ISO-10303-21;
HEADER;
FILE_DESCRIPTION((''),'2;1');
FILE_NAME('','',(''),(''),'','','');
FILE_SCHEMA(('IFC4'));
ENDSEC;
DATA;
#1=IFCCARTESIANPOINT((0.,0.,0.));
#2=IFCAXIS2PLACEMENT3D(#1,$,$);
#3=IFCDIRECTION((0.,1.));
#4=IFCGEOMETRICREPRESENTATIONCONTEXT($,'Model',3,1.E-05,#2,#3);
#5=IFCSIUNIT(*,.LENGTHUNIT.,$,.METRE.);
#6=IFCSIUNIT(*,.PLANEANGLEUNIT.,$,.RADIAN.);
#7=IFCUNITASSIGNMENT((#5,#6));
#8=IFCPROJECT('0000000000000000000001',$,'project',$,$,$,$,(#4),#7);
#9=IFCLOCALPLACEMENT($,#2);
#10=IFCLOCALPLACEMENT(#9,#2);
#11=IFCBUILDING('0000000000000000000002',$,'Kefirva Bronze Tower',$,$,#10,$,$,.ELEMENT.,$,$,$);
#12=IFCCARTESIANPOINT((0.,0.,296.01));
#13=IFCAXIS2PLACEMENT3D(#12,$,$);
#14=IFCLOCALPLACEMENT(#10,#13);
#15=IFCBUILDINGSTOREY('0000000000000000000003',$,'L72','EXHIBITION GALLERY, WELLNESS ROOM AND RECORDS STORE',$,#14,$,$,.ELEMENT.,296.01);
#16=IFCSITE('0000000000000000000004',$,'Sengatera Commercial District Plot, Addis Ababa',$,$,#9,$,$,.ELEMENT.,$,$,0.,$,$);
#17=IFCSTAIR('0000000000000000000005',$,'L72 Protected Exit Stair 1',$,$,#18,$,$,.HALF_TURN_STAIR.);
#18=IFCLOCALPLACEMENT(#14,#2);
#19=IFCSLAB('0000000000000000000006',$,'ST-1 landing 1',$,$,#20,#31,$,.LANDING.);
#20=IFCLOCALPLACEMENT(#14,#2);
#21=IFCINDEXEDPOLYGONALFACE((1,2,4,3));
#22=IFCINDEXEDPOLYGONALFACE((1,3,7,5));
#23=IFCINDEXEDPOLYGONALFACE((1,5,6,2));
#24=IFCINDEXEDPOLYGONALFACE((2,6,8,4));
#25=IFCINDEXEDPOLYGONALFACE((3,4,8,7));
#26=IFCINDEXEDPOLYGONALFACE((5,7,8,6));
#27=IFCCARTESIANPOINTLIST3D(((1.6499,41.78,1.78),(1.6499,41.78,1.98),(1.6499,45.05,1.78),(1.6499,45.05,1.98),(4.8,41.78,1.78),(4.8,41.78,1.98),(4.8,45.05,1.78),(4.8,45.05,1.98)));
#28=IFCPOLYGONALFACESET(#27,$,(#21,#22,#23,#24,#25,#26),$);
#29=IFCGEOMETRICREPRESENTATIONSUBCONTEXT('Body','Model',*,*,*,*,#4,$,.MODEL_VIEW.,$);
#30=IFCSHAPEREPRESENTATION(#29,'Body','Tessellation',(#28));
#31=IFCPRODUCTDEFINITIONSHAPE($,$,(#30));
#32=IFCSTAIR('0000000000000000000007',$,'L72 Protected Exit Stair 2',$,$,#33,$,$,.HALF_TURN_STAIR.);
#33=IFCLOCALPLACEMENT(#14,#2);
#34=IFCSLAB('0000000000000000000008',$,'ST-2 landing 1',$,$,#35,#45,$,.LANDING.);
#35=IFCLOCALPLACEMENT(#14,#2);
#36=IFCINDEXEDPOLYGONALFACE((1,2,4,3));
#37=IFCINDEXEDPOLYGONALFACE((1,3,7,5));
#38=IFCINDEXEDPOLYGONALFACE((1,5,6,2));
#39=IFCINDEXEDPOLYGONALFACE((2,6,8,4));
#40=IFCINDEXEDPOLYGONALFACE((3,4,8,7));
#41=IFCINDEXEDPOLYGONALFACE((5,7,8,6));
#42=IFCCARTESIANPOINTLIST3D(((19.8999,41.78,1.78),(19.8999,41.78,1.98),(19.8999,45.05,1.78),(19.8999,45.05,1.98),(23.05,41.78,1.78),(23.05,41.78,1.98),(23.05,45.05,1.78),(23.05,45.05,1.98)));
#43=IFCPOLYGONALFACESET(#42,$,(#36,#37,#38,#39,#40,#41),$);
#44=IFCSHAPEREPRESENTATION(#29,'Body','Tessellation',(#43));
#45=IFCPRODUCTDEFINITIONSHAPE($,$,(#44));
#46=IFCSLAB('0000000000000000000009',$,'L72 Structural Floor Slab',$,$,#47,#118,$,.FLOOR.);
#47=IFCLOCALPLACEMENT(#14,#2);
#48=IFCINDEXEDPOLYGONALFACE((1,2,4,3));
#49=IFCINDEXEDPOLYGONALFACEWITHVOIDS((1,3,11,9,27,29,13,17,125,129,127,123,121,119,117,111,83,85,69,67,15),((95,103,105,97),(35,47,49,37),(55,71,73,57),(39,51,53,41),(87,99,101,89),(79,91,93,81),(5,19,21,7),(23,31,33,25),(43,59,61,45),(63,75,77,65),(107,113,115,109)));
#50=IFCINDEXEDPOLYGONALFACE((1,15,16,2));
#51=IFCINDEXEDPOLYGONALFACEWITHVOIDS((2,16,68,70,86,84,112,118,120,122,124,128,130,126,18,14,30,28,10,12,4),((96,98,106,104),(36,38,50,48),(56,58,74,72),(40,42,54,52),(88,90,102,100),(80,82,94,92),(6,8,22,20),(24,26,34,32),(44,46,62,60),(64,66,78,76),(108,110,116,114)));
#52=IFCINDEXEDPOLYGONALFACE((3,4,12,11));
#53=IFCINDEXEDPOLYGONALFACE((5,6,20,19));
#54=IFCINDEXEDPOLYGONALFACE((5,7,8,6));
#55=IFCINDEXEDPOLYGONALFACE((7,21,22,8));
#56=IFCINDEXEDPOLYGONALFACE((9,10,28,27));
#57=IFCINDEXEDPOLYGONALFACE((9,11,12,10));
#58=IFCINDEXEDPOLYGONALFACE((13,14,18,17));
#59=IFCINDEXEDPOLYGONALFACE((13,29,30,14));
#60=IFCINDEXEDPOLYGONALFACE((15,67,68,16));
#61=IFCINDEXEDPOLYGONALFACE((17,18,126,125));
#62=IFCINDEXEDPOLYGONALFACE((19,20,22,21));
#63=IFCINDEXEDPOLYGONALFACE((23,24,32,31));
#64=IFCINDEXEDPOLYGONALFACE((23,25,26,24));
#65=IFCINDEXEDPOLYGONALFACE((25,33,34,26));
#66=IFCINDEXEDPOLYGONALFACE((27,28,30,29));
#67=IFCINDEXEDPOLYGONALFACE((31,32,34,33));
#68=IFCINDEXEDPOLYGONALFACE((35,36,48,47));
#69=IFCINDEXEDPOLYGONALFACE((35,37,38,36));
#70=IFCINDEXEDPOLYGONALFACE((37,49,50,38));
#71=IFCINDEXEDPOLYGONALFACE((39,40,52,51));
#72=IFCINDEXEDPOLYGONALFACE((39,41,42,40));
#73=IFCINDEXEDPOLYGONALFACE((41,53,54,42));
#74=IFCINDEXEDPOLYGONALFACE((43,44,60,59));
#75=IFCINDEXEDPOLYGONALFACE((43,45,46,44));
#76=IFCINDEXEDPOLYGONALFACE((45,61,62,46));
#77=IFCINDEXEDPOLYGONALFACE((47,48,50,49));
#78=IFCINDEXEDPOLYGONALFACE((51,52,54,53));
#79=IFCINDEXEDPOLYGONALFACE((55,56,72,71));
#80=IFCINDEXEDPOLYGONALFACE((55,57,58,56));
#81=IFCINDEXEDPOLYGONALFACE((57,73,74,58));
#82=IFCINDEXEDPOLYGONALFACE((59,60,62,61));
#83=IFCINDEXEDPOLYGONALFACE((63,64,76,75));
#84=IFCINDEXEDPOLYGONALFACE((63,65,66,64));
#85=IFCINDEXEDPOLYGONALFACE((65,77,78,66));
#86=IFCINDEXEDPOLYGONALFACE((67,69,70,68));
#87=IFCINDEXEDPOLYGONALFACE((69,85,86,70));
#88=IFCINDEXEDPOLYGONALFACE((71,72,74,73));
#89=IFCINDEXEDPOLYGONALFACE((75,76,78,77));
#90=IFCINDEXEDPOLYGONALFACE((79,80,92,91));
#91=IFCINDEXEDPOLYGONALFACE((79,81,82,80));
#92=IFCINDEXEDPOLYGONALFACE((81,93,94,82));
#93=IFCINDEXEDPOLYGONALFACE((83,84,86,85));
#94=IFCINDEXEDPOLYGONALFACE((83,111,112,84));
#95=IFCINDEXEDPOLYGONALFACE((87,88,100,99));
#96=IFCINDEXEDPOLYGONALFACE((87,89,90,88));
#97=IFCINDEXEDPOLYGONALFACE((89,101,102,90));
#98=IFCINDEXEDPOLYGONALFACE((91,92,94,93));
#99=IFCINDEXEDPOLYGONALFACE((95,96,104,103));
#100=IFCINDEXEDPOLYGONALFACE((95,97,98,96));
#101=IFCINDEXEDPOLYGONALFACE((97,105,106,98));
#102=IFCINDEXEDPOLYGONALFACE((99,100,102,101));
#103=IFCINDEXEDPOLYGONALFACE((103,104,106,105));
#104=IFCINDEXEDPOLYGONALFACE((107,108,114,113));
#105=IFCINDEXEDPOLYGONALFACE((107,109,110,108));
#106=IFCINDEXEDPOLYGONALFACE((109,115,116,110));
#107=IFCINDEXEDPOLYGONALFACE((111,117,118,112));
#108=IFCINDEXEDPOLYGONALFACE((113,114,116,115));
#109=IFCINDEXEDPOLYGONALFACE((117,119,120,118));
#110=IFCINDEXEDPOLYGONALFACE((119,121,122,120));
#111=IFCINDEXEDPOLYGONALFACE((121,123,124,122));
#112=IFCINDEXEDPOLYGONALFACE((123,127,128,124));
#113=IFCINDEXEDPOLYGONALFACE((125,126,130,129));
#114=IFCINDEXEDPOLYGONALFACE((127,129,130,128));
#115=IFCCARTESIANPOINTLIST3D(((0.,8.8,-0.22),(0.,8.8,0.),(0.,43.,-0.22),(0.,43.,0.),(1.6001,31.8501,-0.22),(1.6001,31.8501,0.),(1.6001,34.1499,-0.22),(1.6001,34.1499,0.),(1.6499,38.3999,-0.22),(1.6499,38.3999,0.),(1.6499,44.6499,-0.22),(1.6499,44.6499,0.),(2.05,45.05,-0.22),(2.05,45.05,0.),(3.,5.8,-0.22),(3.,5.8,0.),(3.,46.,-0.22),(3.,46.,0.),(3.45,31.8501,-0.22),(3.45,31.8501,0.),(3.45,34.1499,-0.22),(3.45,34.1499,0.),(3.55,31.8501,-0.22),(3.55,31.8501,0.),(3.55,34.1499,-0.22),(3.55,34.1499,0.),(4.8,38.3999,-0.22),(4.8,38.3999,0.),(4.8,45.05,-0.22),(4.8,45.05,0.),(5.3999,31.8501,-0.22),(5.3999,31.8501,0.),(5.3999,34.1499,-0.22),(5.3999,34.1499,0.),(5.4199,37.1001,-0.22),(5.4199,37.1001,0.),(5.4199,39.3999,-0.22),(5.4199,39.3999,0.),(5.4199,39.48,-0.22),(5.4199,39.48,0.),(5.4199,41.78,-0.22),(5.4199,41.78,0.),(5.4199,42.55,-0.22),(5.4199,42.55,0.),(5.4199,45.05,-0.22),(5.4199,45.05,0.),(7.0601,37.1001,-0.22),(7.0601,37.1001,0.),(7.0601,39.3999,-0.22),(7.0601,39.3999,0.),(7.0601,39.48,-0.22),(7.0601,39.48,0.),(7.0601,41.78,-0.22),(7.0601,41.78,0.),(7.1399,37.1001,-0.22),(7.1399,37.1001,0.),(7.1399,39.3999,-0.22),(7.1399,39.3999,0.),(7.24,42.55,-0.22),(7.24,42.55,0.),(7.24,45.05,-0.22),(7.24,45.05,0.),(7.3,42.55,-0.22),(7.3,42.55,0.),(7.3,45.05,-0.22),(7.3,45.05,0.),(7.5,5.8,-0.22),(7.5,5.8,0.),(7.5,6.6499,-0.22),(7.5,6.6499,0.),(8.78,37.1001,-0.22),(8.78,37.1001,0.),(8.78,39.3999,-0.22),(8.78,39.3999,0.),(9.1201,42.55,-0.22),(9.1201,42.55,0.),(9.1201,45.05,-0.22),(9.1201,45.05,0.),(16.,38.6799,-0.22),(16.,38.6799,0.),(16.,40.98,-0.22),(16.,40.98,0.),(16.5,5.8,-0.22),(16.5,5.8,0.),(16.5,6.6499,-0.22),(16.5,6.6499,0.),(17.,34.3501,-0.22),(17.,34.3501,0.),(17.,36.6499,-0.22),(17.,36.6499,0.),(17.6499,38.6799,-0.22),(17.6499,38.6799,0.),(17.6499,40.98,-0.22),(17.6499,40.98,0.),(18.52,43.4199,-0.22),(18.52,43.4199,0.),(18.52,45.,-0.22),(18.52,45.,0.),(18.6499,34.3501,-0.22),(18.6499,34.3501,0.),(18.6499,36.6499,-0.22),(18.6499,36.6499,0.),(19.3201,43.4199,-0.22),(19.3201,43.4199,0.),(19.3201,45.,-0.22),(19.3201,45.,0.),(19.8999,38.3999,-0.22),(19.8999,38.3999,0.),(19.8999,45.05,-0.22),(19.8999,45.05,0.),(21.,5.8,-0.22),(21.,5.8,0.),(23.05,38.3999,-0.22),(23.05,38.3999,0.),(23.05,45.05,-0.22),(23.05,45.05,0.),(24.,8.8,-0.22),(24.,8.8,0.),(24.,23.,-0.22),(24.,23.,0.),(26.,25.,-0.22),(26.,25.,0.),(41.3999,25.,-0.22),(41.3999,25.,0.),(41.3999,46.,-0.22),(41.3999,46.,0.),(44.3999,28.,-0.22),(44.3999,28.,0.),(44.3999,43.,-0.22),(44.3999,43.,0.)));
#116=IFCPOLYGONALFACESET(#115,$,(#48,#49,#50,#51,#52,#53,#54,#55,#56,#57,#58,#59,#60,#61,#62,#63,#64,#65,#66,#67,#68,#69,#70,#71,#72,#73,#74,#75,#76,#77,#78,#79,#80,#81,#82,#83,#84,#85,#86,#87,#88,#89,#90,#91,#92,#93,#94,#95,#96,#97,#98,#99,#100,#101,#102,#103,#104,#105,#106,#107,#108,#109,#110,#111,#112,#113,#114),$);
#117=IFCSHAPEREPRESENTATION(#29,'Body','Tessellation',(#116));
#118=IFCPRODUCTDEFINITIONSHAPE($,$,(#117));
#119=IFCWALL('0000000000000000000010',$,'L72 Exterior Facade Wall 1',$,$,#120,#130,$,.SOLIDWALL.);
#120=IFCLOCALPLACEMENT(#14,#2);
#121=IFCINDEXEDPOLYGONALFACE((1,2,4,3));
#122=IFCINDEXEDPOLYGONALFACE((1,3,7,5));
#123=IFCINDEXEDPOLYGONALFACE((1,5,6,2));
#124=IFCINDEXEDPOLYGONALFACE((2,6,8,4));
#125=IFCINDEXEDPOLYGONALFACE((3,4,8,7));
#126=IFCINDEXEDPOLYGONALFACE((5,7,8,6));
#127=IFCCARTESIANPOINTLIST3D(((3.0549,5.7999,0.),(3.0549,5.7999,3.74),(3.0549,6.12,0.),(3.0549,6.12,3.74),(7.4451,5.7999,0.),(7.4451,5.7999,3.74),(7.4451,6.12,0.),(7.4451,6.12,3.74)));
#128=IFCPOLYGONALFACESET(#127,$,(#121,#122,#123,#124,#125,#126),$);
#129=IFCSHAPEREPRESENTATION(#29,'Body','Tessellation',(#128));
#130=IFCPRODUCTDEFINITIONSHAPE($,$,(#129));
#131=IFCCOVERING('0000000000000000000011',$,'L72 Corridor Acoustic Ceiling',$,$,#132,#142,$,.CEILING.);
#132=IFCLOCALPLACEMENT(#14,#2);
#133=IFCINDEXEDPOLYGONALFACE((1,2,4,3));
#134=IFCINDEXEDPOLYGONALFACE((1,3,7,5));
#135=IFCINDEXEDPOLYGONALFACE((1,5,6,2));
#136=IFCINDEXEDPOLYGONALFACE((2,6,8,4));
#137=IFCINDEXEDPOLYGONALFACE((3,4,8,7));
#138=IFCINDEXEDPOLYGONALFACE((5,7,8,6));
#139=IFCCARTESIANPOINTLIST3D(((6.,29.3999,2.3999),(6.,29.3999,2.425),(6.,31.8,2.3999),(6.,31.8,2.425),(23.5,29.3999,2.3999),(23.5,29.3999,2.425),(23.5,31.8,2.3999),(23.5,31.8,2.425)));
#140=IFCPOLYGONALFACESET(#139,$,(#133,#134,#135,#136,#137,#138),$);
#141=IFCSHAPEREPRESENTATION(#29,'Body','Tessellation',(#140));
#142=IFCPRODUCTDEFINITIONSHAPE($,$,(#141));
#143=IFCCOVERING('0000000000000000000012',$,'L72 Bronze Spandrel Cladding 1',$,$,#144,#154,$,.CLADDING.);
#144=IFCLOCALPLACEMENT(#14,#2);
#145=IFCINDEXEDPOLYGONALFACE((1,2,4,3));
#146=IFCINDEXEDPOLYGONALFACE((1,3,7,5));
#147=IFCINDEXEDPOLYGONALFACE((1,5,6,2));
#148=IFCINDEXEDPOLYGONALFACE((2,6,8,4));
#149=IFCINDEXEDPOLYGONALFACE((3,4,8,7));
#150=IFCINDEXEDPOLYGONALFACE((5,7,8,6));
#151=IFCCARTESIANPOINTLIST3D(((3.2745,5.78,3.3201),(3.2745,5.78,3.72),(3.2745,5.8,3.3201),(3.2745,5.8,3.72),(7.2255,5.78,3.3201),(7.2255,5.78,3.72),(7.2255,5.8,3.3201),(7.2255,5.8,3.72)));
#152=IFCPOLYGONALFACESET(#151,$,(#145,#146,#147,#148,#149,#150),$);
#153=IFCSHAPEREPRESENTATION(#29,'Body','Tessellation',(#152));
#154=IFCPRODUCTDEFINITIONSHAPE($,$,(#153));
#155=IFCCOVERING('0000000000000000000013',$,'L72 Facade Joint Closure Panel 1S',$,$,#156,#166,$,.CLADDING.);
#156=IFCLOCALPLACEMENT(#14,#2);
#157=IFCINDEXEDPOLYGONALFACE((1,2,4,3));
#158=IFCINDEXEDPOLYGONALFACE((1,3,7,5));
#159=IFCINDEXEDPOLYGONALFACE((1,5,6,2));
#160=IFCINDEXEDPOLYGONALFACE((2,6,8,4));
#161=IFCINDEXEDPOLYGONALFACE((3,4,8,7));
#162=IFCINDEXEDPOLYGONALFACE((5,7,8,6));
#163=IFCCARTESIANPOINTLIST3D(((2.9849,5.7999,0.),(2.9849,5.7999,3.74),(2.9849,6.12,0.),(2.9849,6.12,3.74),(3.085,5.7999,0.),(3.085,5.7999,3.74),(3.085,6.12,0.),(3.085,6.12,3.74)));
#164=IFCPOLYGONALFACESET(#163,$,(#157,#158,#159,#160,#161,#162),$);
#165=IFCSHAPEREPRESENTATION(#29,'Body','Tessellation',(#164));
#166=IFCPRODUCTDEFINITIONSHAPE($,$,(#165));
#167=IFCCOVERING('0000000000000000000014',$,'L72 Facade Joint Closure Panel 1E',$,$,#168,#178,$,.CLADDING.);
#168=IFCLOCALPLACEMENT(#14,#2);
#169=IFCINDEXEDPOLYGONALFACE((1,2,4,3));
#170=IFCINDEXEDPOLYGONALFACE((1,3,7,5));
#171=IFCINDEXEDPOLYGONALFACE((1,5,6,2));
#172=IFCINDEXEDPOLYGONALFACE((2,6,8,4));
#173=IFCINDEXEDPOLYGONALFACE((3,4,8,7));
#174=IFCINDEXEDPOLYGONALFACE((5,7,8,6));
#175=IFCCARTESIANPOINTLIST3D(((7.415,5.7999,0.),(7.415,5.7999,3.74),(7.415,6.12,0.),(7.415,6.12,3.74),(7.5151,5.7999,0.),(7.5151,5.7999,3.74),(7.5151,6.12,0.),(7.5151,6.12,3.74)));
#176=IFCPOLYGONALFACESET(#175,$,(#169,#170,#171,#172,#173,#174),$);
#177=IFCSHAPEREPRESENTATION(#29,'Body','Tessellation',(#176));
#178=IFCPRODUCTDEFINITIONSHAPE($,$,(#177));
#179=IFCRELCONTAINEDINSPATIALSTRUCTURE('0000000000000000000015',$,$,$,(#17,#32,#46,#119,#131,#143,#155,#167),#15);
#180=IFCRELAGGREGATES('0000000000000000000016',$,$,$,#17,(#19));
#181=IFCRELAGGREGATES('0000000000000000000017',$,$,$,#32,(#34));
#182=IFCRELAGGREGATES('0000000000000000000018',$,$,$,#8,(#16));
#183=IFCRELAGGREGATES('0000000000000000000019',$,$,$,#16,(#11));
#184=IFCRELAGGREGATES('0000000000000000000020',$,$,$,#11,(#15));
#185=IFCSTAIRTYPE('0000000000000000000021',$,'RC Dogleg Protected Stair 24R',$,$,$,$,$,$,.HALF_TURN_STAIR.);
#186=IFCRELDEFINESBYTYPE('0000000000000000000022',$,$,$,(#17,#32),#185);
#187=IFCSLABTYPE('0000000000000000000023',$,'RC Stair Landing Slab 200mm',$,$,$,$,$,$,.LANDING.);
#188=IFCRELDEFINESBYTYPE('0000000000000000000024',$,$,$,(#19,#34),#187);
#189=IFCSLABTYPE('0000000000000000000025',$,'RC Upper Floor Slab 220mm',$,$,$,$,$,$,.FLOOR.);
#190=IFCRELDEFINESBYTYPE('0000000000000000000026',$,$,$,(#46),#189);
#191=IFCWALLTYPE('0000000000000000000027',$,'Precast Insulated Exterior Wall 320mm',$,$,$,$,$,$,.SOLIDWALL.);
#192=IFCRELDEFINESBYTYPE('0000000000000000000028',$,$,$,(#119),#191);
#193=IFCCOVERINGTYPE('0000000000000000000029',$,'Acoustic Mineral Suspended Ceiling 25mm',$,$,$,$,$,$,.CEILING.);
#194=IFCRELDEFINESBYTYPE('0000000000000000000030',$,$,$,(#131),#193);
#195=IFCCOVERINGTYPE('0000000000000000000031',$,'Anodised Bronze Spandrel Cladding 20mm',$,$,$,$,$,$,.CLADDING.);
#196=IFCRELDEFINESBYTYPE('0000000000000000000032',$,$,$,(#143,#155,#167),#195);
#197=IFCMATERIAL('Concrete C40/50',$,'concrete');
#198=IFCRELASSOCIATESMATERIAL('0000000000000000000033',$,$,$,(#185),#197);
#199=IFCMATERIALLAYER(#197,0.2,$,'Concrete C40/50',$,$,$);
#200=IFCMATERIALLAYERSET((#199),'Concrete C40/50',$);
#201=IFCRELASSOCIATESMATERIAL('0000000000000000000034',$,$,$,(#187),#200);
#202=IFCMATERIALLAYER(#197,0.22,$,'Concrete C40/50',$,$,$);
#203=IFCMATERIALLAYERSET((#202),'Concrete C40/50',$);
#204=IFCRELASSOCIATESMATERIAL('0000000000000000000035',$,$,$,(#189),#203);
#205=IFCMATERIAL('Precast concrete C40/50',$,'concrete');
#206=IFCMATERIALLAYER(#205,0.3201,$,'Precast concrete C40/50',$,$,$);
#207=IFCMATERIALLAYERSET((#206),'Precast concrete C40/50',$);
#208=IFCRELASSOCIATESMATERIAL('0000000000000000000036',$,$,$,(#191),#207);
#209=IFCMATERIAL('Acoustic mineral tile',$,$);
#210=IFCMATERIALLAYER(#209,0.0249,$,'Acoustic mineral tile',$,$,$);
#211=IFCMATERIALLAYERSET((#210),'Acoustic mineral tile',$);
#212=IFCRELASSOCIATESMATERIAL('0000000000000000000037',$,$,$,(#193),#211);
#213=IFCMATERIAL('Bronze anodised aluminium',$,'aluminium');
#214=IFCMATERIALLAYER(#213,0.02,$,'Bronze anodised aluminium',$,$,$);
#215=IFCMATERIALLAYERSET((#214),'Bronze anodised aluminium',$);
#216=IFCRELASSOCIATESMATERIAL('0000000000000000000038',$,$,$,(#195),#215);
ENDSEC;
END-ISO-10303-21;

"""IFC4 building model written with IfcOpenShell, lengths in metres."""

from ifc_helpers import new_model, si_unit, direction, frame, frame_2d, origin, origin_2d, place, context, subcontext, project, spatial, polyline, rectangle, outline, extrude, material, layer, layer_set, type_object, element, aggregate, save


model = new_model("IFC4")

# Units and contexts
model_context = context("Model", 3, precision=1e-05, world=origin(), true_north=direction((0.0, 1.0)))
body_context = subcontext(model_context, "Body", "Model", "MODEL_VIEW")
ifc_project = project(units=[si_unit("LENGTHUNIT", "METRE"), si_unit("PLANEANGLEUNIT", "RADIAN")], contexts=[model_context])

# Site, building, storey
site_placement = place(None, origin())
site = spatial("IfcSite", under=ifc_project, at=site_placement, Name="Sengatera Commercial District Plot, Addis Ababa", CompositionType="ELEMENT", RefElevation=0.0)
building_placement = place(site_placement, origin())
building = spatial("IfcBuilding", under=site, at=building_placement, Name="Kefirva Bronze Tower", CompositionType="ELEMENT")
storey_placement = place(building_placement, frame((0.0, 0.0, 296.01)))
storey = spatial("IfcBuildingStorey", under=building, at=storey_placement, Name="L72", Description="EXHIBITION GALLERY, WELLNESS ROOM AND RECORDS STORE", CompositionType="ELEMENT", Elevation=296.01)

# Stairs, slabs
ifc_material_1 = material(Name="Concrete C40/50", Category="concrete")
stair_type = type_object("IfcStairType", Name="RC Dogleg Protected Stair 24R", PredefinedType="HALF_TURN_STAIR", material=ifc_material_1)
stair_1_placement = place(storey_placement, origin())
stair_1 = element("IfcStair", 1, at=stair_1_placement, inside=storey, type_object=stair_type, Name="L72 Protected Exit Stair 1", PredefinedType="HALF_TURN_STAIR")
ifc_layer_1 = layer(ifc_material_1, 0.2, Name="Concrete C40/50")
ifc_layer_set_1 = layer_set([ifc_layer_1], Name="Concrete C40/50")
slab_type_1 = type_object("IfcSlabType", Name="RC Stair Landing Slab 200mm", PredefinedType="LANDING", material=ifc_layer_set_1)
slab_1_placement = place(storey_placement, frame((0.0, 0.0, 1.78)))
slab_1 = element("IfcSlab", 2, at=slab_1_placement, type_object=slab_type_1, Name="ST-1 landing 1", PredefinedType="LANDING", context=body_context, shape_type="SweptSolid", body=[
    extrude(outline(polyline([(4.8, 41.78), (4.8, 45.05), (1.6499, 45.05), (1.6499, 41.78), (4.8, 41.78)])), origin(), (0.0, 0.0, 1.0), 0.2),
])
aggregate(stair_1, [slab_1])
stair_2_placement = place(storey_placement, origin())
stair_2 = element("IfcStair", 3, at=stair_2_placement, inside=storey, type_object=stair_type, Name="L72 Protected Exit Stair 2", PredefinedType="HALF_TURN_STAIR")
slab_2_placement = place(storey_placement, frame((0.0, 0.0, 1.78)))
slab_2 = element("IfcSlab", 4, at=slab_2_placement, type_object=slab_type_1, Name="ST-2 landing 1", PredefinedType="LANDING", context=body_context, shape_type="SweptSolid", body=[
    extrude(outline(polyline([(23.05, 41.78), (23.05, 45.05), (19.8999, 45.05), (19.8999, 41.78), (23.05, 41.78)])), origin(), (0.0, 0.0, 1.0), 0.2),
])
aggregate(stair_2, [slab_2])

# Slab
ifc_layer_2 = layer(ifc_material_1, 0.22, Name="Concrete C40/50")
ifc_layer_set_2 = layer_set([ifc_layer_2], Name="Concrete C40/50")
slab_type_2 = type_object("IfcSlabType", Name="RC Upper Floor Slab 220mm", PredefinedType="FLOOR", material=ifc_layer_set_2)
slab_3_placement = place(storey_placement, frame((0.0, 0.0, -0.22)))
element("IfcSlab", 5, at=slab_3_placement, inside=storey, type_object=slab_type_2, Name="L72 Structural Floor Slab", PredefinedType="FLOOR", context=body_context, shape_type="SweptSolid", body=[
    extrude(outline(polyline([(0.0, 8.8), (0.0, 43.0), (1.6499, 44.6499), (1.6499, 38.3999), (4.8, 38.3999), (4.8, 45.05), (2.05, 45.05), (3.0, 46.0), (41.3999, 46.0), (44.3999, 43.0), (44.3999, 28.0), (41.3999, 25.0), (26.0, 25.0), (24.0, 23.0), (24.0, 8.8), (21.0, 5.8), (16.5, 5.8), (16.5, 6.6499), (7.5, 6.6499), (7.5, 5.8), (3.0, 5.8), (0.0, 8.8)]), holes=[polyline([(23.05, 45.05), (19.8999, 45.05), (19.8999, 38.3999), (23.05, 38.3999), (23.05, 45.05)]), polyline([(19.3201, 43.4199), (19.3201, 45.0), (18.52, 45.0), (18.52, 43.4199), (19.3201, 43.4199)]), polyline([(18.6499, 36.6499), (17.0, 36.6499), (17.0, 34.3501), (18.6499, 34.3501), (18.6499, 36.6499)]), polyline([(17.6499, 38.6799), (17.6499, 40.98), (16.0, 40.98), (16.0, 38.6799), (17.6499, 38.6799)]), polyline([(9.1201, 42.55), (9.1201, 45.05), (7.3, 45.05), (7.3, 42.55), (9.1201, 42.55)]), polyline([(8.78, 37.1001), (8.78, 39.3999), (7.1399, 39.3999), (7.1399, 37.1001), (8.78, 37.1001)]), polyline([(7.24, 42.55), (7.24, 45.05), (5.4199, 45.05), (5.4199, 42.55), (7.24, 42.55)]), polyline([(7.0601, 37.1001), (7.0601, 39.3999), (5.4199, 39.3999), (5.4199, 37.1001), (7.0601, 37.1001)]), polyline([(7.0601, 41.78), (5.4199, 41.78), (5.4199, 39.48), (7.0601, 39.48), (7.0601, 41.78)]), polyline([(5.3999, 31.8501), (5.3999, 34.1499), (3.55, 34.1499), (3.55, 31.8501), (5.3999, 31.8501)]), polyline([(3.45, 34.1499), (1.6001, 34.1499), (1.6001, 31.8501), (3.45, 31.8501), (3.45, 34.1499)])]), origin(), (0.0, 0.0, 1.0), 0.22),
])

# Wall
ifc_material_2 = material(Name="Precast concrete C40/50", Category="concrete")
ifc_layer_3 = layer(ifc_material_2, 0.3201, Name="Precast concrete C40/50")
ifc_layer_set_3 = layer_set([ifc_layer_3], Name="Precast concrete C40/50")
wall_type = type_object("IfcWallType", Name="Precast Insulated Exterior Wall 320mm", PredefinedType="SOLIDWALL", material=ifc_layer_set_3)
wall_placement = place(storey_placement, frame((3.0549, 5.96, 0.0), z_axis=(0.0, 0.0, 1.0), x_axis=(1.0, 0.0, 0.0)))
element("IfcWall", 6, at=wall_placement, inside=storey, type_object=wall_type, Name="L72 Exterior Facade Wall 1", PredefinedType="SOLIDWALL", context=body_context, shape_type="SweptSolid", body=[
    extrude(rectangle(XDim=4.3901, YDim=0.3201, at=frame_2d((2.1951, 0.0))), origin(), (0.0, 0.0, 1.0), 3.74),
])

# Coverings
ifc_material_3 = material(Name="Acoustic mineral tile")
ifc_layer_4 = layer(ifc_material_3, 0.0249, Name="Acoustic mineral tile")
ifc_layer_set_4 = layer_set([ifc_layer_4], Name="Acoustic mineral tile")
covering_type_1 = type_object("IfcCoveringType", Name="Acoustic Mineral Suspended Ceiling 25mm", PredefinedType="CEILING", material=ifc_layer_set_4)
covering_1_placement = place(storey_placement, frame((0.0, 0.0, 2.3999)))
element("IfcCovering", 7, at=covering_1_placement, inside=storey, type_object=covering_type_1, Name="L72 Corridor Acoustic Ceiling", PredefinedType="CEILING", context=body_context, shape_type="SweptSolid", body=[
    extrude(outline(polyline([(6.0, 29.3999), (23.5, 29.3999), (23.5, 31.8), (6.0, 31.8), (6.0, 29.3999)])), origin(), (0.0, 0.0, 1.0), 0.0251),
])
ifc_material_4 = material(Name="Bronze anodised aluminium", Category="aluminium")
ifc_layer_5 = layer(ifc_material_4, 0.02, Name="Bronze anodised aluminium")
ifc_layer_set_5 = layer_set([ifc_layer_5], Name="Bronze anodised aluminium")
covering_type_2 = type_object("IfcCoveringType", Name="Anodised Bronze Spandrel Cladding 20mm", PredefinedType="CLADDING", material=ifc_layer_set_5)
covering_2_placement = place(storey_placement, frame((5.25, 5.79, 3.3201), z_axis=(0.0, 0.0, 1.0), x_axis=(1.0, 0.0, 0.0)))
element("IfcCovering", 8, at=covering_2_placement, inside=storey, type_object=covering_type_2, Name="L72 Bronze Spandrel Cladding 1", PredefinedType="CLADDING", context=body_context, shape_type="SweptSolid", body=[
    extrude(rectangle(XDim=3.9509, YDim=0.02, at=origin_2d()), origin(), (0.0, 0.0, 1.0), 0.3999),
])
for number, where, z_axis, x_axis, name in (
    (9, (3.0349, 5.96, 0.0), (0.0, 0.0, 1.0), (1.0, 0.0, 0.0), "L72 Facade Joint Closure Panel 1S"),
    (10, (7.4651, 5.96, 0.0), (0.0, 0.0, 1.0), (1.0, 0.0, 0.0), "L72 Facade Joint Closure Panel 1E"),
):
    element("IfcCovering", number, at=place(storey_placement, frame(where, z_axis=z_axis, x_axis=x_axis)), inside=storey, type_object=covering_type_2, Name=name, PredefinedType="CLADDING", context=body_context, shape_type="SweptSolid", body=[
        extrude(rectangle(XDim=0.1001, YDim=0.3201, at=origin_2d()), origin(), (0.0, 0.0, 1.0), 3.74),
    ])

save(model, "model.ifc")
